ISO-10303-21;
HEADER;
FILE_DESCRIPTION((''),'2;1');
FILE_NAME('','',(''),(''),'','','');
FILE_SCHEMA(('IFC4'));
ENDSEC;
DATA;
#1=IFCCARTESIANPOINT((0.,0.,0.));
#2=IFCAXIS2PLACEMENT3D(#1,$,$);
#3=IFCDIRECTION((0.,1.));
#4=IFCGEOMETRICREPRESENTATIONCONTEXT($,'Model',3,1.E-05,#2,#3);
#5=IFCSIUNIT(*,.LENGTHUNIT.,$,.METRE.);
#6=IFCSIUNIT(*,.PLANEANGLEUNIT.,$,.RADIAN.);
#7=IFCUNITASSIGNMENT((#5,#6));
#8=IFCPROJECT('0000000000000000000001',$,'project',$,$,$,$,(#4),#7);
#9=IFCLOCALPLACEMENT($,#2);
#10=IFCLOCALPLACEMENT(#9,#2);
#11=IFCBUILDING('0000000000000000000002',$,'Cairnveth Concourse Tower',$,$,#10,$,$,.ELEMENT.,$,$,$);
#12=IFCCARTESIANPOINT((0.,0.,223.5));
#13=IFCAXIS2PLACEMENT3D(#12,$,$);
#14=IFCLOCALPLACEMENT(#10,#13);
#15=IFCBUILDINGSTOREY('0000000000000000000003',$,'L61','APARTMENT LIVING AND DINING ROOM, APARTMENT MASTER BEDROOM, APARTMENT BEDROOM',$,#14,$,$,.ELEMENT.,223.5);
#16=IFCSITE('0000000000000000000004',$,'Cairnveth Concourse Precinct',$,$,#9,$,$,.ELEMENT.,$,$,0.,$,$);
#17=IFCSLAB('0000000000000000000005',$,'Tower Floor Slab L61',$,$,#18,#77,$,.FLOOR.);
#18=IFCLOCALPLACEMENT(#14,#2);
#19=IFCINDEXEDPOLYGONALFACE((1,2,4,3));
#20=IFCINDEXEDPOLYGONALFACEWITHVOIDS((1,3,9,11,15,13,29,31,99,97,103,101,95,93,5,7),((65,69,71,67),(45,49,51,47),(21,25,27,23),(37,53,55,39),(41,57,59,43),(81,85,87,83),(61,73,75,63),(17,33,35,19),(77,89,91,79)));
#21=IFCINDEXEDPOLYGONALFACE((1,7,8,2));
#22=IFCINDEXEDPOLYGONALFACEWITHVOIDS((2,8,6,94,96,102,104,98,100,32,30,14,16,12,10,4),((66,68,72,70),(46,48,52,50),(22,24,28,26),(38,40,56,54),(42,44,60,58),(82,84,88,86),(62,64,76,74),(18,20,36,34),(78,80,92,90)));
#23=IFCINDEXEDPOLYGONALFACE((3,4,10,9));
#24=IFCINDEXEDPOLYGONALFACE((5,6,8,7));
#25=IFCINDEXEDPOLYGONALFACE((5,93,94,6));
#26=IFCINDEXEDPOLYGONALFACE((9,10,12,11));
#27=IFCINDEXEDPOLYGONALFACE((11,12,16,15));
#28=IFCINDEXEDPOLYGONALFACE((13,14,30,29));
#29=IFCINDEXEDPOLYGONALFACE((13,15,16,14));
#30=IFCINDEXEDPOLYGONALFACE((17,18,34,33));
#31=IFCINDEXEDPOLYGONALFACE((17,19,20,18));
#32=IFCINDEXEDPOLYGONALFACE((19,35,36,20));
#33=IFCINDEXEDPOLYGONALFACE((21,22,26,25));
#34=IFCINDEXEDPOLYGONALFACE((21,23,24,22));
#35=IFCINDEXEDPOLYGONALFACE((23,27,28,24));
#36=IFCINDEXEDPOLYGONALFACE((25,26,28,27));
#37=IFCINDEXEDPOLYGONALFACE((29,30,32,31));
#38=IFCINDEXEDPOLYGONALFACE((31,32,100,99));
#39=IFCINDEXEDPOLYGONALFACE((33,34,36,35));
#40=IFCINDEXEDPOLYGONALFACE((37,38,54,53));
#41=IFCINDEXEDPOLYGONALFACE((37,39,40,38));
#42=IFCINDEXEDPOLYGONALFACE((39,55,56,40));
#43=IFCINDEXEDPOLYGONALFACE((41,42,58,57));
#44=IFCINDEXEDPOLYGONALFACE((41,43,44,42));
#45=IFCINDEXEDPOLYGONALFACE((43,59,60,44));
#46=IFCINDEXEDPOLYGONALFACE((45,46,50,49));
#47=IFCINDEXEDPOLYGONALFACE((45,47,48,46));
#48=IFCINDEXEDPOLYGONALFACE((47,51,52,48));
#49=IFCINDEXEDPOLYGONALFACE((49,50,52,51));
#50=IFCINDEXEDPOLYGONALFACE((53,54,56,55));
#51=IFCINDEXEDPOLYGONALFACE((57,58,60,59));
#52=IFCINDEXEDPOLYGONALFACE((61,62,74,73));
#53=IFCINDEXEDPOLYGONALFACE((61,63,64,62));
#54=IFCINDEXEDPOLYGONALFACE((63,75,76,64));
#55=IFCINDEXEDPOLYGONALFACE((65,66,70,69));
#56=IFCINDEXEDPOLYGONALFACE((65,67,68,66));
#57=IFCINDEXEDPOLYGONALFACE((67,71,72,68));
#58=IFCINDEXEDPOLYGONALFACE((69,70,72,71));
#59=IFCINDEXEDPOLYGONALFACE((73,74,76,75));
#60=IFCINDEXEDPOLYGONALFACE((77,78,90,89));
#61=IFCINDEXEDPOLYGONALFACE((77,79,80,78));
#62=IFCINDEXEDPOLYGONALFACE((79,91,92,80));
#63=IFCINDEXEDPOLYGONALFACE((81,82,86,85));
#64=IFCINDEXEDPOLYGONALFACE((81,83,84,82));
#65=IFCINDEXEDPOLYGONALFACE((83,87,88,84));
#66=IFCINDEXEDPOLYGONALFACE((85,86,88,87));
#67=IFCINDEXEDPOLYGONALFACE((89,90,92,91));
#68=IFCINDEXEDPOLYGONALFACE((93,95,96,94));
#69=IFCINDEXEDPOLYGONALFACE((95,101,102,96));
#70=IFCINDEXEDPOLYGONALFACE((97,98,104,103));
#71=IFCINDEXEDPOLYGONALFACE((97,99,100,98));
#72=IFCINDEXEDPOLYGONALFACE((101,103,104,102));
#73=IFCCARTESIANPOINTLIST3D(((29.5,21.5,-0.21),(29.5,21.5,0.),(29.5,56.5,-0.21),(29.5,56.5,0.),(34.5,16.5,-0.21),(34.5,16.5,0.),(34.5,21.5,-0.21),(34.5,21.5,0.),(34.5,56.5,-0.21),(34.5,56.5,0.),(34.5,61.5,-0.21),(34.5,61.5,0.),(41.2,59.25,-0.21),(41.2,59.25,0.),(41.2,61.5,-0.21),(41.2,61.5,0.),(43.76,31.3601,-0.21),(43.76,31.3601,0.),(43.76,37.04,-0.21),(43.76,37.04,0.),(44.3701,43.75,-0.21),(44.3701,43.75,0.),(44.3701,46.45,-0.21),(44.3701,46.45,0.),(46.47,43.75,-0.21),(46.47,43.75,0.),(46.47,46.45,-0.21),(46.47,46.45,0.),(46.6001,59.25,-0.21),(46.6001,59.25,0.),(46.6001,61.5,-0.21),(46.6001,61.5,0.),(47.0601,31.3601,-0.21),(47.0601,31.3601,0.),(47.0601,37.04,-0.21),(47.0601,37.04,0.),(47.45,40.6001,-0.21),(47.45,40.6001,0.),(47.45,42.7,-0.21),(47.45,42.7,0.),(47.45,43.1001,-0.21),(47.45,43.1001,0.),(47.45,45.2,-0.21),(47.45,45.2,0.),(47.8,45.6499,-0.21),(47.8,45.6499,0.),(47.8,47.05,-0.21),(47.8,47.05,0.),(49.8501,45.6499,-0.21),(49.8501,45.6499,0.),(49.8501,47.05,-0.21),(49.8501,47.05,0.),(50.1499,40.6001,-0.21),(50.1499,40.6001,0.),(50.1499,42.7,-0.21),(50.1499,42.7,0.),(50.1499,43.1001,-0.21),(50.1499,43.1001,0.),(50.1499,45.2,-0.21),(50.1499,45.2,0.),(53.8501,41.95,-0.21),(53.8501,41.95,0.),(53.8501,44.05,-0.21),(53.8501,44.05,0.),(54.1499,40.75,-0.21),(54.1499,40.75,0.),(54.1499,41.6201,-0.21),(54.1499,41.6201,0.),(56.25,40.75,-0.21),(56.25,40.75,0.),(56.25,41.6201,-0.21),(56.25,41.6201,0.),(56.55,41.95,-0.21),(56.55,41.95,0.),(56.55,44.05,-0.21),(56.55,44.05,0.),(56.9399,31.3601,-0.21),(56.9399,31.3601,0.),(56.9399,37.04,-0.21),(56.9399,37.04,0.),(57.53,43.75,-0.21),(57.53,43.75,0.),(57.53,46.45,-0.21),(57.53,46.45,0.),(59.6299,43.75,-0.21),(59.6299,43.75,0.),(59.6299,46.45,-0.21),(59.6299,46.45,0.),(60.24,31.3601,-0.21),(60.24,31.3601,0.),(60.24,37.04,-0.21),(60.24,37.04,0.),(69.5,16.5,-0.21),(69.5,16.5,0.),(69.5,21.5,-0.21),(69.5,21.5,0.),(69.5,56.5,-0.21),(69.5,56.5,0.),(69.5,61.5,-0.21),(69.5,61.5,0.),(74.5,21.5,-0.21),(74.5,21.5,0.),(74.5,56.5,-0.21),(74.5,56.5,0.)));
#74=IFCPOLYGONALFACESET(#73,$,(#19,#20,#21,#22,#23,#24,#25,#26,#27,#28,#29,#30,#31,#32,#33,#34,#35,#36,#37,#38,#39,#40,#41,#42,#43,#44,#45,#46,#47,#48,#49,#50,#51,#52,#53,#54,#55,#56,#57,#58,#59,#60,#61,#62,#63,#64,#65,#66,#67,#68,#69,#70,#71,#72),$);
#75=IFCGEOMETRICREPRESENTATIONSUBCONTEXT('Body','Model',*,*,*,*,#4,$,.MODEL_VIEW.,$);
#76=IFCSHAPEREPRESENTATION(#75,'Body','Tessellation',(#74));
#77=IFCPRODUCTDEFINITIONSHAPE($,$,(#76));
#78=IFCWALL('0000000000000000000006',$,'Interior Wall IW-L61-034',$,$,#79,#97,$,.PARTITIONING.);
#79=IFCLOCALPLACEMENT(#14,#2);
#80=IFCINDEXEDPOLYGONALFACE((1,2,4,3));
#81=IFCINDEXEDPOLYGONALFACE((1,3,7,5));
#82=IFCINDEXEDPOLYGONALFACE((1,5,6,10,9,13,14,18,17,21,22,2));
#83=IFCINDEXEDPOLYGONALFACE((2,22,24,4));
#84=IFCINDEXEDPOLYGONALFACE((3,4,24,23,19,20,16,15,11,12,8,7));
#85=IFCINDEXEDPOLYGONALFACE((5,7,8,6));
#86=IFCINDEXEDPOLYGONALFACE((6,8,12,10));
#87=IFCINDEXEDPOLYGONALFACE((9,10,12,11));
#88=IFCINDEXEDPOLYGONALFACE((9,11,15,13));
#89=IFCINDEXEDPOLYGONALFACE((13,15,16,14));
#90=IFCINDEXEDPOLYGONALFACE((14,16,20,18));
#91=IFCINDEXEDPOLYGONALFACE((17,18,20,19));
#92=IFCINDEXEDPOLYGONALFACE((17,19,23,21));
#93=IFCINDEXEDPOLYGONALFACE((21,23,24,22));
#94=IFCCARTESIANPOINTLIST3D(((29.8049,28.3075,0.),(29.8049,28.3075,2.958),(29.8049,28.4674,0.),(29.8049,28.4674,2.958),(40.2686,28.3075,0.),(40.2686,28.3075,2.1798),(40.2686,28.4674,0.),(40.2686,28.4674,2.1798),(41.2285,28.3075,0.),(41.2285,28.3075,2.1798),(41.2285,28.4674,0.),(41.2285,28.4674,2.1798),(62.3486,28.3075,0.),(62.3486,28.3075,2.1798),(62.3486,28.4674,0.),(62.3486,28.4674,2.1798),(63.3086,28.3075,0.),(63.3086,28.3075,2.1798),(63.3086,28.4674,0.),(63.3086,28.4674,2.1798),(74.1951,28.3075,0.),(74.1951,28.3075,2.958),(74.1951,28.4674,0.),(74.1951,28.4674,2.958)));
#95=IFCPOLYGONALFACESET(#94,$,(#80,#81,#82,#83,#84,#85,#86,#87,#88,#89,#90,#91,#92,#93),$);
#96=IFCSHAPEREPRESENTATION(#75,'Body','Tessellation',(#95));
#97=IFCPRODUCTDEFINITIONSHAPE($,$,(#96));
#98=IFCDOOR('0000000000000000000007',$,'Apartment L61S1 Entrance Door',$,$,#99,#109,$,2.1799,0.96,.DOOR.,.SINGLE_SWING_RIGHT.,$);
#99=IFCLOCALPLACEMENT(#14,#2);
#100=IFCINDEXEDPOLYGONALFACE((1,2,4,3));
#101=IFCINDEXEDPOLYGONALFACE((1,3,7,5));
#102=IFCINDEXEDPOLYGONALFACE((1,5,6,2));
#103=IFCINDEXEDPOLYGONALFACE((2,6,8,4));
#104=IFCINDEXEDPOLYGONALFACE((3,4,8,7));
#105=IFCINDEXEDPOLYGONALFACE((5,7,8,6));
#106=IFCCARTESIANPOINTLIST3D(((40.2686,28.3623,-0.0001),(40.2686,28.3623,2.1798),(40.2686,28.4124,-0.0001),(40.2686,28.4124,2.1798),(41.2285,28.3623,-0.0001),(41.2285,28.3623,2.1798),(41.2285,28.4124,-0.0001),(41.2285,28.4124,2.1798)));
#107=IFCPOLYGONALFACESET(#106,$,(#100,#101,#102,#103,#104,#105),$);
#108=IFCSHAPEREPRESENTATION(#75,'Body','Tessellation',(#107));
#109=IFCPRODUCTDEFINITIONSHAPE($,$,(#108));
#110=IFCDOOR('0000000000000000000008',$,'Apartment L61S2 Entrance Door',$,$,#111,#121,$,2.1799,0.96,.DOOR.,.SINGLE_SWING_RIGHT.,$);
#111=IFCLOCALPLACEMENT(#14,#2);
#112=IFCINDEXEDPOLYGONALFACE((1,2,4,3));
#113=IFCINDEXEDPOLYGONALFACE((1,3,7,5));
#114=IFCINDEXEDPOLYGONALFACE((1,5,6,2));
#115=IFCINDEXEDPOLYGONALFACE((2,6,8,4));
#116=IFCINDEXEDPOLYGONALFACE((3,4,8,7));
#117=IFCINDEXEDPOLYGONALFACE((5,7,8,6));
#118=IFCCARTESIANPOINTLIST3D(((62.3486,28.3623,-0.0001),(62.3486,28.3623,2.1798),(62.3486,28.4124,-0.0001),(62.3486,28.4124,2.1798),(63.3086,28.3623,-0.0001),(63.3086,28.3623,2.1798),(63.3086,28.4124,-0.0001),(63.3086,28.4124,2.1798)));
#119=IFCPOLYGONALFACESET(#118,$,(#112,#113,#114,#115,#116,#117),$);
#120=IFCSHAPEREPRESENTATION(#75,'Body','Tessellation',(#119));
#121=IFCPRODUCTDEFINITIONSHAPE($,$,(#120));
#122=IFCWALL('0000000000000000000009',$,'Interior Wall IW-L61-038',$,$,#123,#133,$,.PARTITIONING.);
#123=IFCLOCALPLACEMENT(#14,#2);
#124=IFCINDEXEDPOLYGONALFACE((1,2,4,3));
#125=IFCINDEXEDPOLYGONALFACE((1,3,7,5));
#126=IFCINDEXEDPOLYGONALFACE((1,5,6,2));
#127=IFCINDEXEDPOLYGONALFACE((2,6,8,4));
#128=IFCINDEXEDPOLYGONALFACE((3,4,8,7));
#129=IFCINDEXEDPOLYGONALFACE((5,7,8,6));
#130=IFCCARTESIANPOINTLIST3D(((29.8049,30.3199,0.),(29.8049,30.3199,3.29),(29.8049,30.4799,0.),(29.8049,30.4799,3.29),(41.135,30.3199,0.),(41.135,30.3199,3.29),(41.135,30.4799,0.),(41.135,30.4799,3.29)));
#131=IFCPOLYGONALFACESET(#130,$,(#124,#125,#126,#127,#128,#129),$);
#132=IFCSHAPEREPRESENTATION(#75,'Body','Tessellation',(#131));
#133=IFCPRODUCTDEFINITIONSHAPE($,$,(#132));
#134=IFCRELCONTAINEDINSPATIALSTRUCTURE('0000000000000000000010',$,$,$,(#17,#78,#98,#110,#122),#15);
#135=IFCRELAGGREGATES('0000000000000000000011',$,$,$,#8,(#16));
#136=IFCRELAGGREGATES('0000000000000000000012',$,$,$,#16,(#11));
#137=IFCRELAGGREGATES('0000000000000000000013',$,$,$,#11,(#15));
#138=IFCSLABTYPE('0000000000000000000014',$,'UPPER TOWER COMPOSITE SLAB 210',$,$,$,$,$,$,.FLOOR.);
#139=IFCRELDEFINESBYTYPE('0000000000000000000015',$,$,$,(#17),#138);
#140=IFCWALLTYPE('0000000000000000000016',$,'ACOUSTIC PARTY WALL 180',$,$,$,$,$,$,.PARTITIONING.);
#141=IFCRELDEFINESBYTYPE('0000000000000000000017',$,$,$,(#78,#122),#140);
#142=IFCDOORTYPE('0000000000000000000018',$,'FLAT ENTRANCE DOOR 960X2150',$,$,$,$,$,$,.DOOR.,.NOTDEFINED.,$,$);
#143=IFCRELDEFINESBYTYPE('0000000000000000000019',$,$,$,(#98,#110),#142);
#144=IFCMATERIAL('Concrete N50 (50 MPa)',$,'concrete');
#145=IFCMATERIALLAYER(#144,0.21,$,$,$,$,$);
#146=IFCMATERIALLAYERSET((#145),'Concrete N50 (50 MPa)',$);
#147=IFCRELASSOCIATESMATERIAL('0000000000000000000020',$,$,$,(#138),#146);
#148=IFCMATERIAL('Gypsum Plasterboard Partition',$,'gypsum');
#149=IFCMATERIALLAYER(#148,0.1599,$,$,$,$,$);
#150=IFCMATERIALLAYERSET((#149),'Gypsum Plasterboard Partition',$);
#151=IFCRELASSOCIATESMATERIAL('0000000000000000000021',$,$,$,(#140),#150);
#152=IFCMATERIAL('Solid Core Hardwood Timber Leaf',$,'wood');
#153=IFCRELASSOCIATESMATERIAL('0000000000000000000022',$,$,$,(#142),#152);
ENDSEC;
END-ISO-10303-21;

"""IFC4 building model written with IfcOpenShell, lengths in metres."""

from ifc_helpers import new_model, si_unit, direction, frame, frame_2d, origin, place, context, subcontext, project, spatial, polyline, rectangle, outline, extrude, material, layer, layer_set, type_object, element, fill, save


model = new_model("IFC4")

# Units and contexts
model_context = context("Model", 3, precision=1e-05, world=origin(), true_north=direction((0.0, 1.0)))
body_context = subcontext(model_context, "Body", "Model", "MODEL_VIEW")
ifc_project = project(units=[si_unit("LENGTHUNIT", "METRE"), si_unit("PLANEANGLEUNIT", "RADIAN")], contexts=[model_context])

# Site, building, storey
site_placement = place(None, origin())
site = spatial("IfcSite", under=ifc_project, at=site_placement, Name="Cairnveth Concourse Precinct", CompositionType="ELEMENT", RefElevation=0.0)
building_placement = place(site_placement, origin())
building = spatial("IfcBuilding", under=site, at=building_placement, Name="Cairnveth Concourse Tower", CompositionType="ELEMENT")
storey_placement = place(building_placement, frame((0.0, 0.0, 223.5)))
storey = spatial("IfcBuildingStorey", under=building, at=storey_placement, Name="L61", Description="APARTMENT LIVING AND DINING ROOM, APARTMENT MASTER BEDROOM, APARTMENT BEDROOM", CompositionType="ELEMENT", Elevation=223.5)

# Shared definitions
ifc_material_1 = material(Name="Concrete N50 (50 MPa)", Category="concrete")

# Slab
ifc_layer_1 = layer(ifc_material_1, 0.21)
ifc_layer_set_1 = layer_set([ifc_layer_1], Name="Concrete N50 (50 MPa)")
slab_type_1 = type_object("IfcSlabType", Name="UPPER TOWER COMPOSITE SLAB 210", PredefinedType="FLOOR", material=ifc_layer_set_1)
slab_1_placement = place(storey_placement, frame((0.0, 0.0, -0.21)))
element("IfcSlab", 1, at=slab_1_placement, inside=storey, type_object=slab_type_1, Name="Tower Floor Slab L61", PredefinedType="FLOOR", context=body_context, shape_type="SweptSolid", body=[
    extrude(outline(polyline([(46.6001, 61.5), (46.6001, 59.25), (41.2, 59.25), (41.2, 61.5), (34.5, 61.5), (34.5, 56.5), (29.5, 56.5), (29.5, 21.5), (34.5, 21.5), (34.5, 16.5), (69.5, 16.5), (69.5, 21.5), (74.5, 21.5), (74.5, 56.5), (69.5, 56.5), (69.5, 61.5), (46.6001, 61.5)]), holes=[polyline([(43.76, 31.3601), (47.0601, 31.3601), (47.0601, 37.04), (43.76, 37.04), (43.76, 31.3601)]), polyline([(56.9399, 31.3601), (60.24, 31.3601), (60.24, 37.04), (56.9399, 37.04), (56.9399, 31.3601)]), polyline([(44.3701, 43.75), (46.47, 43.75), (46.47, 46.45), (44.3701, 46.45), (44.3701, 43.75)]), polyline([(57.53, 43.75), (59.6299, 43.75), (59.6299, 46.45), (57.53, 46.45), (57.53, 43.75)]), polyline([(47.45, 40.6001), (50.1499, 40.6001), (50.1499, 42.7), (47.45, 42.7), (47.45, 40.6001)]), polyline([(47.45, 43.1001), (50.1499, 43.1001), (50.1499, 45.2), (47.45, 45.2), (47.45, 43.1001)]), polyline([(53.8501, 41.95), (56.55, 41.95), (56.55, 44.05), (53.8501, 44.05), (53.8501, 41.95)]), polyline([(47.8, 45.6499), (49.8501, 45.6499), (49.8501, 47.05), (47.8, 47.05), (47.8, 45.6499)]), polyline([(54.1499, 40.75), (56.25, 40.75), (56.25, 41.6201), (54.1499, 41.6201), (54.1499, 40.75)])]), origin(), (0.0, 0.0, 1.0), 0.21),
])

# Wall, openings, doors
ifc_material_2 = material(Name="Gypsum Plasterboard Partition", Category="gypsum")
ifc_layer_2 = layer(ifc_material_2, 0.1599)
ifc_layer_set_2 = layer_set([ifc_layer_2], Name="Gypsum Plasterboard Partition")
wall_type_1 = type_object("IfcWallType", Name="ACOUSTIC PARTY WALL 180", PredefinedType="PARTITIONING", material=ifc_layer_set_2)
wall_1_placement = place(storey_placement, frame((29.8049, 28.3875, 0.0), z_axis=(0.0, 0.0, 1.0), x_axis=(1.0, 0.0, 0.0)))
wall_1 = element("IfcWall", 2, at=wall_1_placement, inside=storey, type_object=wall_type_1, Name="Interior Wall IW-L61-034", PredefinedType="PARTITIONING", context=body_context, shape_type="SweptSolid", body=[
    extrude(rectangle(XDim=44.3901, YDim=0.1599, at=frame_2d((22.1951, 0.0))), origin(), (0.0, 0.0, 1.0), 2.958),
])
opening_1_placement = place(wall_1_placement, frame((10.4636, 0.0, 0.0)))
opening_1 = element("IfcOpeningElement", 3, at=opening_1_placement, cuts=wall_1, PredefinedType="OPENING", context=body_context, shape_type="SweptSolid", body=[
    extrude(rectangle(XDim=0.96, YDim=2.1799, at=frame_2d((0.48, 1.0898))), frame((0.0, 0.0898, 0.0), z_axis=(0.0, -1.0, 0.0), x_axis=(1.0, 0.0, 0.0)), (0.0, 0.0, 1.0), 0.1799),
])
opening_2_placement = place(wall_1_placement, frame((32.5437, 0.0, 0.0)))
opening_2 = element("IfcOpeningElement", 4, at=opening_2_placement, cuts=wall_1, PredefinedType="OPENING", context=body_context, shape_type="SweptSolid", body=[
    extrude(rectangle(XDim=0.96, YDim=2.1799, at=frame_2d((0.48, 1.0898))), frame((0.0, 0.0898, 0.0), z_axis=(0.0, -1.0, 0.0), x_axis=(1.0, 0.0, 0.0)), (0.0, 0.0, 1.0), 0.1799),
])
ifc_material_3 = material(Name="Solid Core Hardwood Timber Leaf", Category="wood")
door_type = type_object("IfcDoorType", Name="FLAT ENTRANCE DOOR 960X2150", OperationType="NOTDEFINED", PredefinedType="DOOR", material=ifc_material_3)
door_1_placement = place(opening_1_placement, origin())
door_1 = element("IfcDoor", 5, at=door_1_placement, inside=storey, type_object=door_type, Name="Apartment L61S1 Entrance Door", OperationType="SINGLE_SWING_RIGHT", OverallHeight=2.1799, OverallWidth=0.96, PredefinedType="DOOR", context=body_context, shape_type="SweptSolid", body=[
    extrude(rectangle(XDim=0.96, YDim=2.1799, at=frame_2d((0.48, 1.0898))), frame((0.0, 0.0249, 0.0), z_axis=(0.0, -1.0, 0.0), x_axis=(1.0, 0.0, 0.0)), (0.0, 0.0, 1.0), 0.05),
])
fill(opening_1, door_1)
door_2_placement = place(opening_2_placement, origin())
door_2 = element("IfcDoor", 6, at=door_2_placement, inside=storey, type_object=door_type, Name="Apartment L61S2 Entrance Door", OperationType="SINGLE_SWING_RIGHT", OverallHeight=2.1799, OverallWidth=0.96, PredefinedType="DOOR", context=body_context, shape_type="SweptSolid", body=[
    extrude(rectangle(XDim=0.96, YDim=2.1799, at=frame_2d((0.48, 1.0898))), frame((0.0, 0.0249, 0.0), z_axis=(0.0, -1.0, 0.0), x_axis=(1.0, 0.0, 0.0)), (0.0, 0.0, 1.0), 0.05),
])
fill(opening_2, door_2)

# Wall
wall_2_placement = place(storey_placement, frame((29.8049, 30.3999, 0.0), z_axis=(0.0, 0.0, 1.0), x_axis=(1.0, 0.0, 0.0)))
element("IfcWall", 7, at=wall_2_placement, inside=storey, type_object=wall_type_1, Name="Interior Wall IW-L61-038", PredefinedType="PARTITIONING", context=body_context, shape_type="SweptSolid", body=[
    extrude(rectangle(XDim=11.3301, YDim=0.1599, at=frame_2d((5.665, 0.0))), origin(), (0.0, 0.0, 1.0), 3.29),
])

save(model, "model.ifc")
